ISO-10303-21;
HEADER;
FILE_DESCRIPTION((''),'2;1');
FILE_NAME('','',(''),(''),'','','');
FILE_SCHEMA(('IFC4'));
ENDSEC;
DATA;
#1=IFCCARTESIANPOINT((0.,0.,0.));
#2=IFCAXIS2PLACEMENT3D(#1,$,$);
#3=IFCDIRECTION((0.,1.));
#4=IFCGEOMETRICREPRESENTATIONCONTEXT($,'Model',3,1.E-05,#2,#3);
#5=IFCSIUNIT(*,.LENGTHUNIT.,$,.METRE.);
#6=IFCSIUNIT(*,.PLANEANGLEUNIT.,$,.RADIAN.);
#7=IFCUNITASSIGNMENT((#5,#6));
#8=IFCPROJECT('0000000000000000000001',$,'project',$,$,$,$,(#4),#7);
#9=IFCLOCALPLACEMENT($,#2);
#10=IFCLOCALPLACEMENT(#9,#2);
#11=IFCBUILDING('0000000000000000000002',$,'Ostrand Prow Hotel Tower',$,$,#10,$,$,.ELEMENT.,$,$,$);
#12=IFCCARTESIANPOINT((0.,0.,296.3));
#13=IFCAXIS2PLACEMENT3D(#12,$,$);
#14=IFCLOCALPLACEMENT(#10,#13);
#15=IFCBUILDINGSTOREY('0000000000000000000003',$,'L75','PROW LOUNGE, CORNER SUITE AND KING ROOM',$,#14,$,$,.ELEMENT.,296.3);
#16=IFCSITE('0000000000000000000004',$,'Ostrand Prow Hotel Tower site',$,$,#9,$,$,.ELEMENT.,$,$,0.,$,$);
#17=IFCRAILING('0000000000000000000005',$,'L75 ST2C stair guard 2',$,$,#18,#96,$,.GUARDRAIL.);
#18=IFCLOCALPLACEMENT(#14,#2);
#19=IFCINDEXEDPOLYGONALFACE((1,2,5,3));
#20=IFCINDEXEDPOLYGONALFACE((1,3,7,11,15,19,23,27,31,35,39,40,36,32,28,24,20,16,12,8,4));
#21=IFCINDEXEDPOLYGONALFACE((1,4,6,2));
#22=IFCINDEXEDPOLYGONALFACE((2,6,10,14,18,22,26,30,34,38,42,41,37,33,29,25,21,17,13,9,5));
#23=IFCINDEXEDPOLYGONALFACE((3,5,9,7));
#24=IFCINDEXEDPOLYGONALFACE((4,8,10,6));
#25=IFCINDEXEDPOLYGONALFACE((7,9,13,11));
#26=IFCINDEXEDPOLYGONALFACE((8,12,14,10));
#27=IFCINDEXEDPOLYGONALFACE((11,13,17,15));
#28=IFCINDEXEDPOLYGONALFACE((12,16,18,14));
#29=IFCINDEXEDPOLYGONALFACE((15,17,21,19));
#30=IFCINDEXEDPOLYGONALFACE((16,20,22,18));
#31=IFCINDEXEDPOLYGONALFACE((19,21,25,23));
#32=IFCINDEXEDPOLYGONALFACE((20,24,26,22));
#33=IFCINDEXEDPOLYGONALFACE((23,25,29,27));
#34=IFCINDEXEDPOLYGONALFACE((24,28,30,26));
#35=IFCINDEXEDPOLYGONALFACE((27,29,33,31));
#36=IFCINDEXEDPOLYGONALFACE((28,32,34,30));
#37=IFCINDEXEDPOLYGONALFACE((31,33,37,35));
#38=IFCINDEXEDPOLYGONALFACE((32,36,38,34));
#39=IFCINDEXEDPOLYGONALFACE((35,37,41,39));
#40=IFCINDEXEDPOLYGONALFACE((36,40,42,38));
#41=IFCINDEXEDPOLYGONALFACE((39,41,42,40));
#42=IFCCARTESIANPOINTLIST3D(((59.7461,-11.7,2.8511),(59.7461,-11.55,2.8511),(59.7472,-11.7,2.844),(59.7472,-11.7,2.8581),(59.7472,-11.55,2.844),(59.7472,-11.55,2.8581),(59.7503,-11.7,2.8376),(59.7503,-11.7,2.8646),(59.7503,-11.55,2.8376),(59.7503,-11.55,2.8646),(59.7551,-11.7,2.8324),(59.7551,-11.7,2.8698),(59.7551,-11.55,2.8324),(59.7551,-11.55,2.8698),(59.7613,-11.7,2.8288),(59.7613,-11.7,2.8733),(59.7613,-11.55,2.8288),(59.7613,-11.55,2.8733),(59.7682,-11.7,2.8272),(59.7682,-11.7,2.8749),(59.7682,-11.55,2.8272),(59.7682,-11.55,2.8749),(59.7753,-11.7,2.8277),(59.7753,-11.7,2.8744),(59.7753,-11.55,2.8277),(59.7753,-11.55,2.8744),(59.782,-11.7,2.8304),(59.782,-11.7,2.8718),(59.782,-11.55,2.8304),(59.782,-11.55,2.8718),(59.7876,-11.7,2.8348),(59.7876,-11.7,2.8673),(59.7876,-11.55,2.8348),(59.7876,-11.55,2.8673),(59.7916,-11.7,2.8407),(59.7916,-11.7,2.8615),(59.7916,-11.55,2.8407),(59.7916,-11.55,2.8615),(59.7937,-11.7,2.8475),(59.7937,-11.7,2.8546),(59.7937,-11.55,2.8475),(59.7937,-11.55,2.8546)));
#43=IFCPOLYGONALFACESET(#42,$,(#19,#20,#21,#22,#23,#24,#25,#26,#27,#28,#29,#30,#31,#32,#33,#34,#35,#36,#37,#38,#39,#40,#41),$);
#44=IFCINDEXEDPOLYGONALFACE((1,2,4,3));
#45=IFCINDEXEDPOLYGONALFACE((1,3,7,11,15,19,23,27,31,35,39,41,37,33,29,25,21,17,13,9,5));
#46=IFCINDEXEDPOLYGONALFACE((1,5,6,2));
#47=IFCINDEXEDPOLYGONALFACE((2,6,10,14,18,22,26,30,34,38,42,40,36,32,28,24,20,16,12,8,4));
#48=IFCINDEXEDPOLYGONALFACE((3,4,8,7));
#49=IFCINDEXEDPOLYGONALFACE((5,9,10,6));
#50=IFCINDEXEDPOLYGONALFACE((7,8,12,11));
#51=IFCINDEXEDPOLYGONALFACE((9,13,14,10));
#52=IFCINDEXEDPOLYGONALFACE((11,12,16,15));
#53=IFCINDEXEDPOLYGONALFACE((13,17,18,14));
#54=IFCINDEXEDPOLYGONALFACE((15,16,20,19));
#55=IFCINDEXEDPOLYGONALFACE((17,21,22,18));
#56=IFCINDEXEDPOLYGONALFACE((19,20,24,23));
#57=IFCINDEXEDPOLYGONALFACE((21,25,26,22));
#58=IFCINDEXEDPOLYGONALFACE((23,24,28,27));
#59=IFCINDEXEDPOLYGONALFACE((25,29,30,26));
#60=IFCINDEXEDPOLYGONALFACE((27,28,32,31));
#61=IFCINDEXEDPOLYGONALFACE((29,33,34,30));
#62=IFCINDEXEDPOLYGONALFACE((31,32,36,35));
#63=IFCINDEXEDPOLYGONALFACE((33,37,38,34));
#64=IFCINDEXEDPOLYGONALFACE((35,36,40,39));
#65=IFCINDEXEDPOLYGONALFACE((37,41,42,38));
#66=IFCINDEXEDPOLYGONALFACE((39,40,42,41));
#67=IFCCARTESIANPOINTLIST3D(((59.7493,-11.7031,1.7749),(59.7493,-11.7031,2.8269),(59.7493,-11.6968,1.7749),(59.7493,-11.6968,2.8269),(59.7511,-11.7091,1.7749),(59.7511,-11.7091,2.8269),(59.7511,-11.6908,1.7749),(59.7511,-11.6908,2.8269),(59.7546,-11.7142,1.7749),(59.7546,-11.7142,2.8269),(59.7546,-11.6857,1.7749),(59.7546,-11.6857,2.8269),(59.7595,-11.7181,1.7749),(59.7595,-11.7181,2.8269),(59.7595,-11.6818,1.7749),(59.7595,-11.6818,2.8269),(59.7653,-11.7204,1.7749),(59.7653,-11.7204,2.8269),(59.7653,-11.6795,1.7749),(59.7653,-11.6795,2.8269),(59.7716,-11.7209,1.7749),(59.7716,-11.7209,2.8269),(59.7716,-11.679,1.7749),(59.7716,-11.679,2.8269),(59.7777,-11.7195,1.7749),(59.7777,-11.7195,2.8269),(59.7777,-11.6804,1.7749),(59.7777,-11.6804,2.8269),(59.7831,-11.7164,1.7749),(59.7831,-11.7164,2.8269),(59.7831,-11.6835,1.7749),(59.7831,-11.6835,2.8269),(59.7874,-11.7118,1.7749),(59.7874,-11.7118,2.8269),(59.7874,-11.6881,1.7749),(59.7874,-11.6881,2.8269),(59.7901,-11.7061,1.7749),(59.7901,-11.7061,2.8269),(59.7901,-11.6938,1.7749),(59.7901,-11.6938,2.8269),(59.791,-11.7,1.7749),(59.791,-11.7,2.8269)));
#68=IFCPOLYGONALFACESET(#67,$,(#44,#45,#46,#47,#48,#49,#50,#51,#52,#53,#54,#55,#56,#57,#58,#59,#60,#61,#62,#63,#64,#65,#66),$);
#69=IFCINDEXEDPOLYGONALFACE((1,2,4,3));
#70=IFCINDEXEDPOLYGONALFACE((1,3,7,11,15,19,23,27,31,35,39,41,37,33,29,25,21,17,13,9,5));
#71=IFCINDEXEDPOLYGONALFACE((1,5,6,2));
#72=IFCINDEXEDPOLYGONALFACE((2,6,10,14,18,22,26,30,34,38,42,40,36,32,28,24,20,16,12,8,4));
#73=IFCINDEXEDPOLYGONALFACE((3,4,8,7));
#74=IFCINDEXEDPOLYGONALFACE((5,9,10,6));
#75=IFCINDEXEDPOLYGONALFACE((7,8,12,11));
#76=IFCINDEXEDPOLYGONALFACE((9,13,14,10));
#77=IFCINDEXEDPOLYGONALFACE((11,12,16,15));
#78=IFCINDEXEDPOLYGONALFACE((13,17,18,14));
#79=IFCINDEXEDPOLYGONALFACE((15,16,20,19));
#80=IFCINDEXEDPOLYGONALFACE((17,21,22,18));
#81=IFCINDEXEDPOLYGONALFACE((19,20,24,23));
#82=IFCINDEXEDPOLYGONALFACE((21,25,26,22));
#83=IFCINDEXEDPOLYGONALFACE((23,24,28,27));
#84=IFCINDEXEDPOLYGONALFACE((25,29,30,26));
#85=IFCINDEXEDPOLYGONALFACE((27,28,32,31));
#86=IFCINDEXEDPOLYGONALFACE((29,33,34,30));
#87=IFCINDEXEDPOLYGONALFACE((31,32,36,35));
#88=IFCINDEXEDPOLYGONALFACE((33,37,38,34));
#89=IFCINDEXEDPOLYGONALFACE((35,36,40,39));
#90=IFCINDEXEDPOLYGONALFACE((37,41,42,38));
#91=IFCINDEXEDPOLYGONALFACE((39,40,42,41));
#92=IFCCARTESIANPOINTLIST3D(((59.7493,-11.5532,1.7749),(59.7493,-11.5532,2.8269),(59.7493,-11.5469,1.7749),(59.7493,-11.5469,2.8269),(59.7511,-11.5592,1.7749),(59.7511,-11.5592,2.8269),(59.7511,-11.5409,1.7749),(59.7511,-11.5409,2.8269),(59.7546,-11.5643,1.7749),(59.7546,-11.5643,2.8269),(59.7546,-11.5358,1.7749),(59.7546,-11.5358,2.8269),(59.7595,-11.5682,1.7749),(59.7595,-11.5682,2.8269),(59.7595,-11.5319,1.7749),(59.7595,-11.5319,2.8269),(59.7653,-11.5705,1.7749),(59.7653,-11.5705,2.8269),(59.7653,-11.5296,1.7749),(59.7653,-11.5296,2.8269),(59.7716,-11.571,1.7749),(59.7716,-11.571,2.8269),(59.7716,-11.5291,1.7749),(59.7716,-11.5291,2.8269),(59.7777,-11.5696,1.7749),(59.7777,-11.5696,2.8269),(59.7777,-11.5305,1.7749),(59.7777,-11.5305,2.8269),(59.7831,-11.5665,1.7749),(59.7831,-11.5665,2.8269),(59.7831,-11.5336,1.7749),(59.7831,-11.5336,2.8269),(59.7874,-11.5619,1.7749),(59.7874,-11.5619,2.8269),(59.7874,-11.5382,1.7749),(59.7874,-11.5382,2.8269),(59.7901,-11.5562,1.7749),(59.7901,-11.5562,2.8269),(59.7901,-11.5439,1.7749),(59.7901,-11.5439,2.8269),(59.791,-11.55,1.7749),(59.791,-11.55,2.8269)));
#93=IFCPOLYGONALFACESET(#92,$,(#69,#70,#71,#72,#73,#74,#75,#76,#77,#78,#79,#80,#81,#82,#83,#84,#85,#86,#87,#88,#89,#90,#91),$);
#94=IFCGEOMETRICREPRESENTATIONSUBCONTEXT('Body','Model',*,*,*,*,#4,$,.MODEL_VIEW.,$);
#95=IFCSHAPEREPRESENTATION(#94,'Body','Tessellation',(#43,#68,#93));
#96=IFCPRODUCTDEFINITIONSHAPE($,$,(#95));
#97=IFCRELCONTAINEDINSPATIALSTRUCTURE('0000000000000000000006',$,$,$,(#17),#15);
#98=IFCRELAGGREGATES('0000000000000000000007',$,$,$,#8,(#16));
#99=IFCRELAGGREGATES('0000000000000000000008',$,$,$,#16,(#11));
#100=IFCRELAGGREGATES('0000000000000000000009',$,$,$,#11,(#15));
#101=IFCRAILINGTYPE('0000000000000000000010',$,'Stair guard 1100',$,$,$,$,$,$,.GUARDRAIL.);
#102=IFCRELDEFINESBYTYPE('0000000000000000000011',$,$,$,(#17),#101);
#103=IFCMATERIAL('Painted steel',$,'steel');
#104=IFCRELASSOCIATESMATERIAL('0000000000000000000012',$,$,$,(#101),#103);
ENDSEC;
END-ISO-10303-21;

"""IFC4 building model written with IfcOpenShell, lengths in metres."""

from ifc_helpers import new_model, si_unit, direction, frame, origin, origin_2d, place, context, subcontext, project, spatial, circle, extrude, material, type_object, element, save


model = new_model("IFC4")

# Units and contexts
model_context = context("Model", 3, precision=1e-05, world=origin(), true_north=direction((0.0, 1.0)))
body_context = subcontext(model_context, "Body", "Model", "MODEL_VIEW")
ifc_project = project(units=[si_unit("LENGTHUNIT", "METRE"), si_unit("PLANEANGLEUNIT", "RADIAN")], contexts=[model_context])

# Site, building, storey
site_placement = place(None, origin())
site = spatial("IfcSite", under=ifc_project, at=site_placement, Name="Ostrand Prow Hotel Tower site", CompositionType="ELEMENT", RefElevation=0.0)
building_placement = place(site_placement, origin())
building = spatial("IfcBuilding", under=site, at=building_placement, Name="Ostrand Prow Hotel Tower", CompositionType="ELEMENT")
storey_placement = place(building_placement, frame((0.0, 0.0, 296.3)))
storey = spatial("IfcBuildingStorey", under=building, at=storey_placement, Name="L75", Description="PROW LOUNGE, CORNER SUITE AND KING ROOM", CompositionType="ELEMENT", Elevation=296.3)

# Railing
ifc_material_1 = material(Name="Painted steel", Category="steel")
railing_type_1 = type_object("IfcRailingType", Name="Stair guard 1100", PredefinedType="GUARDRAIL", material=ifc_material_1)
railing_1_placement = place(storey_placement, frame((59.77, -11.7, 1.7749)))
element("IfcRailing", 1, at=railing_1_placement, inside=storey, type_object=railing_type_1, Name="L75 ST2C stair guard 2", PredefinedType="GUARDRAIL", context=body_context, shape_type="SweptSolid", body=[
    extrude(circle(Radius=0.0239, at=origin_2d()), frame((0.0, 0.0, 1.0762), z_axis=(0.0, 1.0, 0.0), x_axis=(-1.0, 0.0, 0.0)), (0.0, 0.0, 1.0), 0.1499),
    extrude(circle(Radius=0.021, at=origin_2d()), origin(), (0.0, 0.0, 1.0), 1.052),
    extrude(circle(Radius=0.021, at=origin_2d()), frame((0.0, 0.1499, 0.0)), (0.0, 0.0, 1.0), 1.052),
])

save(model, "model.ifc")
